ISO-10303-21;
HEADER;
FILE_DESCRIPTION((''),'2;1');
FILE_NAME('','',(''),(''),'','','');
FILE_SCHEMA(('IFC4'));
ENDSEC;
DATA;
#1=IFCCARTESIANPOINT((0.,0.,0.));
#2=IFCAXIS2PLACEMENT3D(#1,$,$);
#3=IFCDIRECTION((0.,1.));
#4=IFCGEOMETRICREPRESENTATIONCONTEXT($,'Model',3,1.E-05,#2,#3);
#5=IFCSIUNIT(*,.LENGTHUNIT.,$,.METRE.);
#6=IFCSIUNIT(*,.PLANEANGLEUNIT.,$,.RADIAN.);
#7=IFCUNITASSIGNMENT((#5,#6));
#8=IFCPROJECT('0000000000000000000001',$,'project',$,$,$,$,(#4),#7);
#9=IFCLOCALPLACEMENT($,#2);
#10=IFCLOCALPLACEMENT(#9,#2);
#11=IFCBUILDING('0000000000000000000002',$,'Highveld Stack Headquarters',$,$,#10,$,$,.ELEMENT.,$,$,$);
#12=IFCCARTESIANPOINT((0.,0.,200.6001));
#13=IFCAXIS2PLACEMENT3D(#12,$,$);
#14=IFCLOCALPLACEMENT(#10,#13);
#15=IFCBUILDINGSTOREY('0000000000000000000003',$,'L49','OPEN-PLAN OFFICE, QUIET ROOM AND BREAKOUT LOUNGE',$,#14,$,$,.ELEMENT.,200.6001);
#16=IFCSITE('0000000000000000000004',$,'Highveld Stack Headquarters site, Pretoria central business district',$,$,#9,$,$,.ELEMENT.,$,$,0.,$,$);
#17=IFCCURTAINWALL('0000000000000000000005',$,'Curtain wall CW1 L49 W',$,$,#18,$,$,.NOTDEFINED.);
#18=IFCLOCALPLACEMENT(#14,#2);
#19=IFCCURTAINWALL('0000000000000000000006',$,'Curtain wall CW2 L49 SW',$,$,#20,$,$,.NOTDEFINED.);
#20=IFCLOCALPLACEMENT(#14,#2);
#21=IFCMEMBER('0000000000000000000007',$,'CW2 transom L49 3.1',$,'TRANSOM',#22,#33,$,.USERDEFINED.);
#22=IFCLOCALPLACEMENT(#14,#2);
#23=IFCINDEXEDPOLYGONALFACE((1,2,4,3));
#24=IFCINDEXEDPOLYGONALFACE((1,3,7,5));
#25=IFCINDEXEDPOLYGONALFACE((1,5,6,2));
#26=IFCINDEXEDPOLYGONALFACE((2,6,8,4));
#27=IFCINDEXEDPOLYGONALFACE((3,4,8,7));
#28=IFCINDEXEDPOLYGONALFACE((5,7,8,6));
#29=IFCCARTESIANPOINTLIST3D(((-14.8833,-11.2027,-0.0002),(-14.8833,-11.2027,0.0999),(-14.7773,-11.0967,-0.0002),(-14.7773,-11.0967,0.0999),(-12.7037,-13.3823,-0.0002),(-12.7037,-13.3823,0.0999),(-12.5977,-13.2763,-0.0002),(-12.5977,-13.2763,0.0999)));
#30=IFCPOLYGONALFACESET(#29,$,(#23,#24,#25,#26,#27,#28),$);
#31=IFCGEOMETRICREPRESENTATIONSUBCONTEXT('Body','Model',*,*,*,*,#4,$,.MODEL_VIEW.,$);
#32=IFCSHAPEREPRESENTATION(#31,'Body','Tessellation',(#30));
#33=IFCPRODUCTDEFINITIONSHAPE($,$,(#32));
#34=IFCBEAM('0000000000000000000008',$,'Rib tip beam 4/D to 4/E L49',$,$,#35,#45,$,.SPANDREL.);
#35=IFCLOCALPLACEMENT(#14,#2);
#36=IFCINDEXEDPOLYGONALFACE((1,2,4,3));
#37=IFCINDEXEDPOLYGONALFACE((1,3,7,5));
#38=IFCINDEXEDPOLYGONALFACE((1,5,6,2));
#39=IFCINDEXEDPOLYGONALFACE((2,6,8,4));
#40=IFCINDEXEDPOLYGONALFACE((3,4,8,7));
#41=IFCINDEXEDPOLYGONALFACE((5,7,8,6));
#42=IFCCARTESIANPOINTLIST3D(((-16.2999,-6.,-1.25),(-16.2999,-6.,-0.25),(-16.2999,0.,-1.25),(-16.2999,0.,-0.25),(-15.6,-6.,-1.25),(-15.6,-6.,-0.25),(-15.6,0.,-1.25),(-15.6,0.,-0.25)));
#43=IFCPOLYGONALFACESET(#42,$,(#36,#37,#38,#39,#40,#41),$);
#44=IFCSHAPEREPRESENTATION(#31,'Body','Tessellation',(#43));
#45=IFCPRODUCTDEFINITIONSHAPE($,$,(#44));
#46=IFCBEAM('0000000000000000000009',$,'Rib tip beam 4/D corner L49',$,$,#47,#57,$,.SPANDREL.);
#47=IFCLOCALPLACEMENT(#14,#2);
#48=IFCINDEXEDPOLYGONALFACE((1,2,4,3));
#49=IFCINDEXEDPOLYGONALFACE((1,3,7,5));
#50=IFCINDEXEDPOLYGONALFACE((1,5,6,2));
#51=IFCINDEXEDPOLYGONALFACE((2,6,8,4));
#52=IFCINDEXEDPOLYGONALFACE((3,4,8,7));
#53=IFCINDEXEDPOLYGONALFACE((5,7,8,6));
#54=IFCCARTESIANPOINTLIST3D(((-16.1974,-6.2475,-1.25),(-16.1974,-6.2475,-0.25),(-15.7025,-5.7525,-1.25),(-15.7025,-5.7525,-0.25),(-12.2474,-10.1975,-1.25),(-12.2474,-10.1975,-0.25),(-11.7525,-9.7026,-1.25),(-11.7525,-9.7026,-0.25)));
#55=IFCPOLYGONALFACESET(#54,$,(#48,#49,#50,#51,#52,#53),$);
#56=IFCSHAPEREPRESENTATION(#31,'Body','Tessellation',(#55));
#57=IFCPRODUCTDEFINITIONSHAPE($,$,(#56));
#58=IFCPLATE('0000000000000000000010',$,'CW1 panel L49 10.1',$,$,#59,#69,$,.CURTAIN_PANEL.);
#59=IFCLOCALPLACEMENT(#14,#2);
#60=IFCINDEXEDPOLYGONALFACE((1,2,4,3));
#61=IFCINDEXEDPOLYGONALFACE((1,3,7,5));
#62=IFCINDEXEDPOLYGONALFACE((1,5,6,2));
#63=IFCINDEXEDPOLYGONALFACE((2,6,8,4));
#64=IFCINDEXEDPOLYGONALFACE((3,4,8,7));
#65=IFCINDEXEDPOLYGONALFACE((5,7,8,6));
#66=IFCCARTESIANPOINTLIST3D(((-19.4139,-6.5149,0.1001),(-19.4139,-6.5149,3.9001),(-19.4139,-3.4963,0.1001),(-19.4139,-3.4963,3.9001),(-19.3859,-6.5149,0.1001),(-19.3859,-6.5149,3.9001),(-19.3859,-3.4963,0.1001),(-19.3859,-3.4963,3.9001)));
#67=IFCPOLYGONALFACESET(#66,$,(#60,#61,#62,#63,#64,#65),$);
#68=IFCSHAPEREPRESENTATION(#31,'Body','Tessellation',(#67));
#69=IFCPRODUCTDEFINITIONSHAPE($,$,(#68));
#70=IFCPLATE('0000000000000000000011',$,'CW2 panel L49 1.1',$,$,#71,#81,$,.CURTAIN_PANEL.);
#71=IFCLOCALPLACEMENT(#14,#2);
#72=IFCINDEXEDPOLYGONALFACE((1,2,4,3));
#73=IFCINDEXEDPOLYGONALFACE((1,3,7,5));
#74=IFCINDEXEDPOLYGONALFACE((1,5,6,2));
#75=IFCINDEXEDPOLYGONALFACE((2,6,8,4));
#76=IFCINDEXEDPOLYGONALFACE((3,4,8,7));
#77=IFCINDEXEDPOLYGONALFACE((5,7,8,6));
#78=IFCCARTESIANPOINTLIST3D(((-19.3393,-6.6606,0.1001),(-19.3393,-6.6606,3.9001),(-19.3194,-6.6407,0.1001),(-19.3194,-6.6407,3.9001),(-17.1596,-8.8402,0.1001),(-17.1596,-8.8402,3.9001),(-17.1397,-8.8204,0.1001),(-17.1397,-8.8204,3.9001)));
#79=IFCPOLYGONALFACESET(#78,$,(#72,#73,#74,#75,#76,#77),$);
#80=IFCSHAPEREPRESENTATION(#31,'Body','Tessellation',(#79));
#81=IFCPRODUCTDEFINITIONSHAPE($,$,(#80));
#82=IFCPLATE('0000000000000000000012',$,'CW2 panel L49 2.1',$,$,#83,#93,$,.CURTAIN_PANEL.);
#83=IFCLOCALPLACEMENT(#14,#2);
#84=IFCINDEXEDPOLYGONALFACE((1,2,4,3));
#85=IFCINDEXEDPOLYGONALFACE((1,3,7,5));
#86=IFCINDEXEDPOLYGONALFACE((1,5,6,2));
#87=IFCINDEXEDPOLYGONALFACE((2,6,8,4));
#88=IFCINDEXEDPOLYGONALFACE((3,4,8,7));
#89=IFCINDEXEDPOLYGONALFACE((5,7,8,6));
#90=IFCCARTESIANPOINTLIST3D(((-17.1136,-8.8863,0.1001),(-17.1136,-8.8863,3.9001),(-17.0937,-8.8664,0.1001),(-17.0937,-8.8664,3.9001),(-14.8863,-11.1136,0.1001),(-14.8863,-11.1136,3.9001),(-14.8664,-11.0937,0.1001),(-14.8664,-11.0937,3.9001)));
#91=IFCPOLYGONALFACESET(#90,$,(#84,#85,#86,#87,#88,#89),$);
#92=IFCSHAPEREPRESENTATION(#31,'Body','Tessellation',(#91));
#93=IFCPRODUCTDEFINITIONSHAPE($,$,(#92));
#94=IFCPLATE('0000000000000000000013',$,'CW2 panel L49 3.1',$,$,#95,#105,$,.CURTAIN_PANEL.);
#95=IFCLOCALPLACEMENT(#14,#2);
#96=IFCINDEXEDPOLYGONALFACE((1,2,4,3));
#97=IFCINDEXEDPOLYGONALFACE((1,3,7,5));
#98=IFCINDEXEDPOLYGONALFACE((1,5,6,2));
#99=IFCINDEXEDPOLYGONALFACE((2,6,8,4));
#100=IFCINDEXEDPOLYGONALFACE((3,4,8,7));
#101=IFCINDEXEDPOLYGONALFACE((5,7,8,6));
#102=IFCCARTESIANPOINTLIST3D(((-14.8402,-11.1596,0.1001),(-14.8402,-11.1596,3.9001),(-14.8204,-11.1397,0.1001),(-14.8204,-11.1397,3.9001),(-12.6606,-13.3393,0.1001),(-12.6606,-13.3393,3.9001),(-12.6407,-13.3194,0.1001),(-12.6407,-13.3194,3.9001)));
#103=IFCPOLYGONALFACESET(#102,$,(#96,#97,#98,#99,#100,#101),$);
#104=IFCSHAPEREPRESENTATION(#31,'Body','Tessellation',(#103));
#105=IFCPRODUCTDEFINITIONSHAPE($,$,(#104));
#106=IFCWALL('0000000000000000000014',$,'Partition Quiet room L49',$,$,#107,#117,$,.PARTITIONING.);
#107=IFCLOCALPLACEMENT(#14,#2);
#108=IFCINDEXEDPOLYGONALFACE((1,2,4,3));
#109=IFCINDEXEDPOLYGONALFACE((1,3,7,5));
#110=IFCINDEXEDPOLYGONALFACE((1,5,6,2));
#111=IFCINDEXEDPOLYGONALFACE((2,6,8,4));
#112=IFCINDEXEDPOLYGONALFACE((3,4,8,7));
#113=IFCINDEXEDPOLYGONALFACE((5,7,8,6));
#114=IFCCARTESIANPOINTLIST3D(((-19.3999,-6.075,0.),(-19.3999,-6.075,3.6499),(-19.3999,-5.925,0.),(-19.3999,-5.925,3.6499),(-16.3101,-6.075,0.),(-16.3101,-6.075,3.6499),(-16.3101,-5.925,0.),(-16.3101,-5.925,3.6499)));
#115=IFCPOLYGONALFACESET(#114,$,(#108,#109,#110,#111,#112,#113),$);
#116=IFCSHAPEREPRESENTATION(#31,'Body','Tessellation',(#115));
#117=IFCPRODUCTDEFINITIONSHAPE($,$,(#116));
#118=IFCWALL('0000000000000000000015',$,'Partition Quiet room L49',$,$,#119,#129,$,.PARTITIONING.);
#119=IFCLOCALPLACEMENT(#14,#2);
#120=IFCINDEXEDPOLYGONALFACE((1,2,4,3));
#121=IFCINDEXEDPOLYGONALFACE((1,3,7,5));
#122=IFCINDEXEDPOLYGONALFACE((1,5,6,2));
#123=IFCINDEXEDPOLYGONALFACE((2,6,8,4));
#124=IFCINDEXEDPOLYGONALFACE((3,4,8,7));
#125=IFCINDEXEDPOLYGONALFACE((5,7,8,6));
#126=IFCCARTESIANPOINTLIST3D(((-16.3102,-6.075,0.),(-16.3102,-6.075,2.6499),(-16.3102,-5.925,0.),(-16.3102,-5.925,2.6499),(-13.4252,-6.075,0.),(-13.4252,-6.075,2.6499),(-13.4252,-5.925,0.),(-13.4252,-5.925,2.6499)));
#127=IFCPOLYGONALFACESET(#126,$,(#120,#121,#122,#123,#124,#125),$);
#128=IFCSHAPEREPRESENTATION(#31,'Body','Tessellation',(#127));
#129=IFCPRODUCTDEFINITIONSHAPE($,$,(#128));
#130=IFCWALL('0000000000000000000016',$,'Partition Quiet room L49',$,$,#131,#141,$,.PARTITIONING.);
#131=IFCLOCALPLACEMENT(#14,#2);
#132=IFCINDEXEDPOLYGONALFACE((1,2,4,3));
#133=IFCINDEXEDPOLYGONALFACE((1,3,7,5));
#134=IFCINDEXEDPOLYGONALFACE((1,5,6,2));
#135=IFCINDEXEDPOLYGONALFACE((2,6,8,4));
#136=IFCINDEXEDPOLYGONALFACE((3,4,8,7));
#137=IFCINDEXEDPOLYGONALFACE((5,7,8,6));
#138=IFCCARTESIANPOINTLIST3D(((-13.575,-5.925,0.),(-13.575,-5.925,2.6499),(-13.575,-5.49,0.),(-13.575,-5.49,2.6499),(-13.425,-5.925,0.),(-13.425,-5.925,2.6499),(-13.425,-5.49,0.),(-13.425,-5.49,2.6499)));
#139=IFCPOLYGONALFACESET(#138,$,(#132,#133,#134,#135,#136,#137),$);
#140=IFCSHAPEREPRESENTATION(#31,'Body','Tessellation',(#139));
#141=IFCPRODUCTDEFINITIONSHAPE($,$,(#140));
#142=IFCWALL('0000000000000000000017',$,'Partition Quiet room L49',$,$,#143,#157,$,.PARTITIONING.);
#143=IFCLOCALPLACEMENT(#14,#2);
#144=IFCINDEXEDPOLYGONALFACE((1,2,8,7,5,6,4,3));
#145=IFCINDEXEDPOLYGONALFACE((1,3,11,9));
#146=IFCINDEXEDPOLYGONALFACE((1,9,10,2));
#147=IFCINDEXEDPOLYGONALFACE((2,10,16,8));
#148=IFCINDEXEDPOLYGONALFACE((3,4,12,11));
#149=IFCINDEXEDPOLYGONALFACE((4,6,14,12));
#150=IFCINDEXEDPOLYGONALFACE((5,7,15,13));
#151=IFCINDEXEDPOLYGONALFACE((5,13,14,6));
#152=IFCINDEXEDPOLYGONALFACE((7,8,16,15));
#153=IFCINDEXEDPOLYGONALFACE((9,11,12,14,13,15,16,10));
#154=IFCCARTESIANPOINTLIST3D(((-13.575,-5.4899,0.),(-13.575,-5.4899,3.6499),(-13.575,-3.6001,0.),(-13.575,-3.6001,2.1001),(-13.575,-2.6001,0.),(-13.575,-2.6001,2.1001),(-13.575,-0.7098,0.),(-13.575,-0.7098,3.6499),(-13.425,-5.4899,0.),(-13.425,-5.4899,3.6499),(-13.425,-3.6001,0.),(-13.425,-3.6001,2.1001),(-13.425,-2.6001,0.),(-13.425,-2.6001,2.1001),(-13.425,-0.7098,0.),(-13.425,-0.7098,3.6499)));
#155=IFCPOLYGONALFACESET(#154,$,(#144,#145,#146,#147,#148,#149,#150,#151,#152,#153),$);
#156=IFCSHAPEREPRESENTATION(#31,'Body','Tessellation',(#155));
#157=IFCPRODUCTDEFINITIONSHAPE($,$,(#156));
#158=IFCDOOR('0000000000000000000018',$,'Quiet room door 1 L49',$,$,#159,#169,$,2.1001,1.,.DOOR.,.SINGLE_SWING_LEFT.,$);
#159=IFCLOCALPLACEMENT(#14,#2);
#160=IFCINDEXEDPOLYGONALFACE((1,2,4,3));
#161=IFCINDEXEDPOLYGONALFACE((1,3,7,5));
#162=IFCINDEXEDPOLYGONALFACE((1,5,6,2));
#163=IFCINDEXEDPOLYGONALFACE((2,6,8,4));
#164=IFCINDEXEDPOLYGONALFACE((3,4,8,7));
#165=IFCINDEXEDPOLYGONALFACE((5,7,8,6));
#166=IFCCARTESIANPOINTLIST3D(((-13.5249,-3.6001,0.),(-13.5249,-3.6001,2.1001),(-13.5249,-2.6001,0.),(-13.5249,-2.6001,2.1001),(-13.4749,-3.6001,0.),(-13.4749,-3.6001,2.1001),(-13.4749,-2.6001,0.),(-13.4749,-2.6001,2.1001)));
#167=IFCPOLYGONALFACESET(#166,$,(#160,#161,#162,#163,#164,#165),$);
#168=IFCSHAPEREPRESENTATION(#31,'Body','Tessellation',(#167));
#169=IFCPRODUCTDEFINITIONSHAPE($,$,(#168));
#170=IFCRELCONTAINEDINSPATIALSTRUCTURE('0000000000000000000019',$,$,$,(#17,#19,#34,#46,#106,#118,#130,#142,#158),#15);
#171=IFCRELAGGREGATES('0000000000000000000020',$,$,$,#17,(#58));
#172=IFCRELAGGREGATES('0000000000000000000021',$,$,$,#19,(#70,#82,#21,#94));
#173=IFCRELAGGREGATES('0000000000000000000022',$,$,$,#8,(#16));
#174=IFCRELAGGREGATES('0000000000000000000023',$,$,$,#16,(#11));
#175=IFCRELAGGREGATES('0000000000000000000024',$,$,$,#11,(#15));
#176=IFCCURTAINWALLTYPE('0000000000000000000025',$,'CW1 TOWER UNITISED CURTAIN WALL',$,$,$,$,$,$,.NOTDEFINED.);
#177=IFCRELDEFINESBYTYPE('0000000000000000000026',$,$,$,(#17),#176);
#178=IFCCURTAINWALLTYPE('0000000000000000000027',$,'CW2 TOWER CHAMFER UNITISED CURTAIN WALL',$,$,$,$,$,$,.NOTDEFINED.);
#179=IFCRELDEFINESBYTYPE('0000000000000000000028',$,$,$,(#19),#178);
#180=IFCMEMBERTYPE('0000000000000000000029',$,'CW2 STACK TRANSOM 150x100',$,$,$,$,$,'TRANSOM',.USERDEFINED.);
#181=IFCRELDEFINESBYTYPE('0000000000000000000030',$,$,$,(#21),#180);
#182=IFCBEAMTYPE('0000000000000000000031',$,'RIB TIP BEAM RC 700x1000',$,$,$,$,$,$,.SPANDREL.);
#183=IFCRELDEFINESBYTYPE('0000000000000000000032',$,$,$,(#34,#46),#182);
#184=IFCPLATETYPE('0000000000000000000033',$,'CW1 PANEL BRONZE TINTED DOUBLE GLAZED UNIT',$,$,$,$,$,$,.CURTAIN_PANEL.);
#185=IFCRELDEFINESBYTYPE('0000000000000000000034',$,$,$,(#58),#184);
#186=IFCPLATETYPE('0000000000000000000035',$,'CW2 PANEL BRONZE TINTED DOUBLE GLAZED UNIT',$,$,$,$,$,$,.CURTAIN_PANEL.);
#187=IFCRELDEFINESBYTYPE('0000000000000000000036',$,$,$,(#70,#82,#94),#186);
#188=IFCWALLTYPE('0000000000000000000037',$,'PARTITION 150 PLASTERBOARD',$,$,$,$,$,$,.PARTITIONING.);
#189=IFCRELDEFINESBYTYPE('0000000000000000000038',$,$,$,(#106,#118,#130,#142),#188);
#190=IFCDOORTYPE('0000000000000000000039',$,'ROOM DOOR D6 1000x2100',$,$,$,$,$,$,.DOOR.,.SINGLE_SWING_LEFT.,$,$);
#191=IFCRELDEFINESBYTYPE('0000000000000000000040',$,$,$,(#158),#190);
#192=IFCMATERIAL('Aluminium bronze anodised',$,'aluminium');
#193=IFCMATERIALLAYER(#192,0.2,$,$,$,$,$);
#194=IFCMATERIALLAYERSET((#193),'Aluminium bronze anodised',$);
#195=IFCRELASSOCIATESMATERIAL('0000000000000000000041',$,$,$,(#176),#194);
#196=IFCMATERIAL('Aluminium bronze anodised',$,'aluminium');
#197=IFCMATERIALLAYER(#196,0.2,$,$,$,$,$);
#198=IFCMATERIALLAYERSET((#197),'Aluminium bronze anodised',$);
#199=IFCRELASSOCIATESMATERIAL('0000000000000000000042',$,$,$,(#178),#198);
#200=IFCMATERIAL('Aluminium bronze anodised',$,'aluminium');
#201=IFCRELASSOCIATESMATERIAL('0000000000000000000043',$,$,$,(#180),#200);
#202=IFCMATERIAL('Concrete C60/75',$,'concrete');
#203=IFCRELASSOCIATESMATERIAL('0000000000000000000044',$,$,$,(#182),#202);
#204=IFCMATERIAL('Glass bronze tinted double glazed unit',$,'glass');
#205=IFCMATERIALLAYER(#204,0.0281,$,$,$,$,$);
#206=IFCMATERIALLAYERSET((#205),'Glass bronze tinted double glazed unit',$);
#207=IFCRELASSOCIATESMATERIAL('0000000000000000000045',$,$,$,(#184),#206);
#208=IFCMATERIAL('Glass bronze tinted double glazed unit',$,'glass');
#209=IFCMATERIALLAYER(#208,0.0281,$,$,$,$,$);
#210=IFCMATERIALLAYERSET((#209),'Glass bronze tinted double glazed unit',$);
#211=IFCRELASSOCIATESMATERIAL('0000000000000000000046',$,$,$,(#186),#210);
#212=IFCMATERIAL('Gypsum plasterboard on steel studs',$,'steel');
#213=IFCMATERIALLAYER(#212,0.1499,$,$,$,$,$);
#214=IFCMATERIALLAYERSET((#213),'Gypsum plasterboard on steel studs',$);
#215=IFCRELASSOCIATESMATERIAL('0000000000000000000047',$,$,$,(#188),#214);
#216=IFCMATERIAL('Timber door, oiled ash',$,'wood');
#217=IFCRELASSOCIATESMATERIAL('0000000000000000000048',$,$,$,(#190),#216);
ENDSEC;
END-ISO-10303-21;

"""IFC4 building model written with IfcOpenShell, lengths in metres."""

from ifc_helpers import new_model, si_unit, direction, frame, frame_2d, origin, origin_2d, place, context, subcontext, project, spatial, rectangle, extrude, material, layer, layer_set, material_profile, profile_set, type_object, element, fill, aggregate, save


model = new_model("IFC4")

# Units and contexts
model_context = context("Model", 3, precision=1e-05, world=origin(), true_north=direction((0.0, 1.0)))
body_context = subcontext(model_context, "Body", "Model", "MODEL_VIEW")
ifc_project = project(units=[si_unit("LENGTHUNIT", "METRE"), si_unit("PLANEANGLEUNIT", "RADIAN")], contexts=[model_context])

# Site, building, storey
site_placement = place(None, origin())
site = spatial("IfcSite", under=ifc_project, at=site_placement, Name="Highveld Stack Headquarters site, Pretoria central business district", CompositionType="ELEMENT", RefElevation=0.0)
building_placement = place(site_placement, origin())
building = spatial("IfcBuilding", under=site, at=building_placement, Name="Highveld Stack Headquarters", CompositionType="ELEMENT")
storey_placement = place(building_placement, frame((0.0, 0.0, 200.6001)))
storey = spatial("IfcBuildingStorey", under=building, at=storey_placement, Name="L49", Description="OPEN-PLAN OFFICE, QUIET ROOM AND BREAKOUT LOUNGE", CompositionType="ELEMENT", Elevation=200.6001)

# Shared definitions
ifc_material_1 = material(Name="Aluminium bronze anodised", Category="aluminium")
ifc_layer_1 = layer(ifc_material_1, 0.2)
ifc_layer_set_1 = layer_set([ifc_layer_1], Name="Aluminium bronze anodised")
curtain_wall_type_1 = type_object("IfcCurtainWallType", Name="CW1 TOWER UNITISED CURTAIN WALL", PredefinedType="NOTDEFINED", material=ifc_layer_set_1)

# Curtain wall
curtain_wall_1_placement = place(storey_placement, origin())
curtain_wall_1 = element("IfcCurtainWall", 1, at=curtain_wall_1_placement, inside=storey, type_object=curtain_wall_type_1, Name="Curtain wall CW1 L49 W", PredefinedType="NOTDEFINED")

# Curtain wall, member
ifc_material_2 = material(Name="Aluminium bronze anodised", Category="aluminium")
ifc_layer_2 = layer(ifc_material_2, 0.2)
ifc_layer_set_2 = layer_set([ifc_layer_2], Name="Aluminium bronze anodised")
curtain_wall_type_2 = type_object("IfcCurtainWallType", Name="CW2 TOWER CHAMFER UNITISED CURTAIN WALL", PredefinedType="NOTDEFINED", material=ifc_layer_set_2)
curtain_wall_2_placement = place(storey_placement, origin())
curtain_wall_2 = element("IfcCurtainWall", 2, at=curtain_wall_2_placement, inside=storey, type_object=curtain_wall_type_2, Name="Curtain wall CW2 L49 SW", PredefinedType="NOTDEFINED")
ifc_material_3 = material(Name="Aluminium bronze anodised", Category="aluminium")
ifc_material_profile_1 = material_profile(ifc_material_3, rectangle(XDim=0.1499, YDim=0.1001, at=origin_2d()), Name="CW2 TRANSOM 150x100")
ifc_profile_set_1 = profile_set([ifc_material_profile_1], Name="Aluminium bronze anodised")
member_type_1 = type_object("IfcMemberType", Name="CW2 STACK TRANSOM 150x100", ElementType="TRANSOM", PredefinedType="USERDEFINED", material=ifc_profile_set_1)
member_1_placement = place(storey_placement, frame((-14.8303, -11.1497, 0.0498), z_axis=(0.707107, -0.707107, 0.0), x_axis=(0.707107, 0.707107, 0.0)))
member_1 = element("IfcMember", 3, at=member_1_placement, type_object=member_type_1, Name="CW2 transom L49 3.1", ObjectType="TRANSOM", PredefinedType="USERDEFINED", context=body_context, shape_type="SweptSolid", body=[
    extrude(rectangle(XDim=0.1499, YDim=0.1001, at=origin_2d()), origin(), (0.0, 0.0, 1.0), 3.0825),
])

# Beams
ifc_material_4 = material(Name="Concrete C60/75", Category="concrete")
ifc_material_profile_2 = material_profile(ifc_material_4, rectangle(XDim=0.7, YDim=1.0, at=origin_2d()), Name="RC 700x1000")
ifc_profile_set_2 = profile_set([ifc_material_profile_2], Name="Concrete C60/75")
beam_type = type_object("IfcBeamType", Name="RIB TIP BEAM RC 700x1000", PredefinedType="SPANDREL", material=ifc_profile_set_2)
beam_1_placement = place(storey_placement, frame((-15.95, -6.0, -0.75), z_axis=(0.0, 1.0, 0.0), x_axis=(-1.0, 0.0, 0.0)))
element("IfcBeam", 4, at=beam_1_placement, inside=storey, type_object=beam_type, Name="Rib tip beam 4/D to 4/E L49", PredefinedType="SPANDREL", context=body_context, shape_type="SweptSolid", body=[
    extrude(rectangle(XDim=0.7, YDim=1.0, at=origin_2d()), origin(), (0.0, 0.0, 1.0), 6.0),
])
beam_2_placement = place(storey_placement, frame((-15.95, -6.0, -0.75), z_axis=(0.707107, -0.707107, 0.0), x_axis=(0.707107, 0.707107, 0.0)))
element("IfcBeam", 5, at=beam_2_placement, inside=storey, type_object=beam_type, Name="Rib tip beam 4/D corner L49", PredefinedType="SPANDREL", context=body_context, shape_type="SweptSolid", body=[
    extrude(rectangle(XDim=0.7, YDim=1.0, at=origin_2d()), origin(), (0.0, 0.0, 1.0), 5.5862),
])

# Plates
ifc_material_5 = material(Name="Glass bronze tinted double glazed unit", Category="glass")
ifc_layer_3 = layer(ifc_material_5, 0.0281)
ifc_layer_set_3 = layer_set([ifc_layer_3], Name="Glass bronze tinted double glazed unit")
plate_type_1 = type_object("IfcPlateType", Name="CW1 PANEL BRONZE TINTED DOUBLE GLAZED UNIT", PredefinedType="CURTAIN_PANEL", material=ifc_layer_set_3)
plate_1_placement = place(storey_placement, frame((-19.3999, -5.0056, 0.1001), z_axis=(0.0, 0.0, 1.0), x_axis=(0.0, -1.0, 0.0)))
plate_1 = element("IfcPlate", 6, at=plate_1_placement, type_object=plate_type_1, Name="CW1 panel L49 10.1", PredefinedType="CURTAIN_PANEL", context=body_context, shape_type="SweptSolid", body=[
    extrude(rectangle(XDim=3.0186, YDim=0.0281, at=origin_2d()), origin(), (0.0, 0.0, 1.0), 3.8),
])
aggregate(curtain_wall_1, [plate_1])
ifc_material_6 = material(Name="Glass bronze tinted double glazed unit", Category="glass")
ifc_layer_4 = layer(ifc_material_6, 0.0281)
ifc_layer_set_4 = layer_set([ifc_layer_4], Name="Glass bronze tinted double glazed unit")
plate_type_2 = type_object("IfcPlateType", Name="CW2 PANEL BRONZE TINTED DOUBLE GLAZED UNIT", PredefinedType="CURTAIN_PANEL", material=ifc_layer_set_4)
plate_2_placement = place(storey_placement, frame((-18.2395, -7.7405, 0.1001), z_axis=(0.0, 0.0, 1.0), x_axis=(0.707107, -0.707107, 0.0)))
plate_2 = element("IfcPlate", 7, at=plate_2_placement, type_object=plate_type_2, Name="CW2 panel L49 1.1", PredefinedType="CURTAIN_PANEL", context=body_context, shape_type="SweptSolid", body=[
    extrude(rectangle(XDim=3.0825, YDim=0.0281, at=origin_2d()), origin(), (0.0, 0.0, 1.0), 3.8),
])
plate_3_placement = place(storey_placement, frame((-15.99, -9.99, 0.1001), z_axis=(0.0, 0.0, 1.0), x_axis=(0.707107, -0.707107, 0.0)))
plate_3 = element("IfcPlate", 8, at=plate_3_placement, type_object=plate_type_2, Name="CW2 panel L49 2.1", PredefinedType="CURTAIN_PANEL", context=body_context, shape_type="SweptSolid", body=[
    extrude(rectangle(XDim=3.1499, YDim=0.0281, at=origin_2d()), origin(), (0.0, 0.0, 1.0), 3.8),
])
plate_4_placement = place(storey_placement, frame((-13.7405, -12.2395, 0.1001), z_axis=(0.0, 0.0, 1.0), x_axis=(0.707107, -0.707107, 0.0)))
plate_4 = element("IfcPlate", 9, at=plate_4_placement, type_object=plate_type_2, Name="CW2 panel L49 3.1", PredefinedType="CURTAIN_PANEL", context=body_context, shape_type="SweptSolid", body=[
    extrude(rectangle(XDim=3.0825, YDim=0.0281, at=origin_2d()), origin(), (0.0, 0.0, 1.0), 3.8),
])
aggregate(curtain_wall_2, [plate_2, plate_3, member_1, plate_4])

# Walls
ifc_material_7 = material(Name="Gypsum plasterboard on steel studs", Category="steel")
ifc_layer_5 = layer(ifc_material_7, 0.1499)
ifc_layer_set_5 = layer_set([ifc_layer_5], Name="Gypsum plasterboard on steel studs")
wall_type = type_object("IfcWallType", Name="PARTITION 150 PLASTERBOARD", PredefinedType="PARTITIONING", material=ifc_layer_set_5)
wall_1_placement = place(storey_placement, frame((-19.3999, -6.0, 0.0), z_axis=(0.0, 0.0, 1.0), x_axis=(1.0, 0.0, 0.0)))
element("IfcWall", 10, at=wall_1_placement, inside=storey, type_object=wall_type, Name="Partition Quiet room L49", PredefinedType="PARTITIONING", context=body_context, shape_type="SweptSolid", body=[
    extrude(rectangle(XDim=3.0898, YDim=0.1499, at=frame_2d((1.5449, 0.0))), origin(), (0.0, 0.0, 1.0), 3.6499),
])
wall_2_placement = place(storey_placement, frame((-16.3101, -6.0, 0.0), z_axis=(0.0, 0.0, 1.0), x_axis=(1.0, 0.0, 0.0)))
element("IfcWall", 11, at=wall_2_placement, inside=storey, type_object=wall_type, Name="Partition Quiet room L49", PredefinedType="PARTITIONING", context=body_context, shape_type="SweptSolid", body=[
    extrude(rectangle(XDim=2.885, YDim=0.1499, at=frame_2d((1.4424, 0.0))), origin(), (0.0, 0.0, 1.0), 2.6499),
])
wall_3_placement = place(storey_placement, frame((-13.5, -5.925, 0.0), z_axis=(0.0, 0.0, 1.0), x_axis=(0.0, 1.0, 0.0)))
element("IfcWall", 12, at=wall_3_placement, inside=storey, type_object=wall_type, Name="Partition Quiet room L49", PredefinedType="PARTITIONING", context=body_context, shape_type="SweptSolid", body=[
    extrude(rectangle(XDim=0.4351, YDim=0.1499, at=frame_2d((0.2175, 0.0))), origin(), (0.0, 0.0, 1.0), 2.6499),
])

# Wall, opening, door
wall_4_placement = place(storey_placement, frame((-13.5, -5.49, 0.0), z_axis=(0.0, 0.0, 1.0), x_axis=(0.0, 1.0, 0.0)))
wall_4 = element("IfcWall", 13, at=wall_4_placement, inside=storey, type_object=wall_type, Name="Partition Quiet room L49", PredefinedType="PARTITIONING", context=body_context, shape_type="SweptSolid", body=[
    extrude(rectangle(XDim=4.78, YDim=0.1499, at=frame_2d((2.3901, 0.0))), origin(), (0.0, 0.0, 1.0), 3.6499),
])
opening_placement = place(wall_4_placement, frame((1.8899, 0.0, 0.0)))
opening = element("IfcOpeningElement", 14, at=opening_placement, cuts=wall_4, PredefinedType="OPENING", context=body_context, shape_type="SweptSolid", body=[
    extrude(rectangle(XDim=1.0, YDim=2.1001, at=frame_2d((0.5, 1.05))), frame((0.0, 0.085, 0.0), z_axis=(0.0, -1.0, 0.0), x_axis=(1.0, 0.0, 0.0)), (0.0, 0.0, 1.0), 0.1699),
])
ifc_material_8 = material(Name="Timber door, oiled ash", Category="wood")
door_type = type_object("IfcDoorType", Name="ROOM DOOR D6 1000x2100", OperationType="SINGLE_SWING_LEFT", PredefinedType="DOOR", material=ifc_material_8)
door_placement = place(opening_placement, origin())
door = element("IfcDoor", 15, at=door_placement, inside=storey, type_object=door_type, Name="Quiet room door 1 L49", OperationType="SINGLE_SWING_LEFT", OverallHeight=2.1001, OverallWidth=1.0, PredefinedType="DOOR", context=body_context, shape_type="SweptSolid", body=[
    extrude(rectangle(XDim=1.0, YDim=2.1001, at=frame_2d((0.5, 1.05))), frame((0.0, 0.0249, 0.0), z_axis=(0.0, -1.0, 0.0), x_axis=(1.0, 0.0, 0.0)), (0.0, 0.0, 1.0), 0.05),
])
fill(opening, door)

save(model, "model.ifc")
